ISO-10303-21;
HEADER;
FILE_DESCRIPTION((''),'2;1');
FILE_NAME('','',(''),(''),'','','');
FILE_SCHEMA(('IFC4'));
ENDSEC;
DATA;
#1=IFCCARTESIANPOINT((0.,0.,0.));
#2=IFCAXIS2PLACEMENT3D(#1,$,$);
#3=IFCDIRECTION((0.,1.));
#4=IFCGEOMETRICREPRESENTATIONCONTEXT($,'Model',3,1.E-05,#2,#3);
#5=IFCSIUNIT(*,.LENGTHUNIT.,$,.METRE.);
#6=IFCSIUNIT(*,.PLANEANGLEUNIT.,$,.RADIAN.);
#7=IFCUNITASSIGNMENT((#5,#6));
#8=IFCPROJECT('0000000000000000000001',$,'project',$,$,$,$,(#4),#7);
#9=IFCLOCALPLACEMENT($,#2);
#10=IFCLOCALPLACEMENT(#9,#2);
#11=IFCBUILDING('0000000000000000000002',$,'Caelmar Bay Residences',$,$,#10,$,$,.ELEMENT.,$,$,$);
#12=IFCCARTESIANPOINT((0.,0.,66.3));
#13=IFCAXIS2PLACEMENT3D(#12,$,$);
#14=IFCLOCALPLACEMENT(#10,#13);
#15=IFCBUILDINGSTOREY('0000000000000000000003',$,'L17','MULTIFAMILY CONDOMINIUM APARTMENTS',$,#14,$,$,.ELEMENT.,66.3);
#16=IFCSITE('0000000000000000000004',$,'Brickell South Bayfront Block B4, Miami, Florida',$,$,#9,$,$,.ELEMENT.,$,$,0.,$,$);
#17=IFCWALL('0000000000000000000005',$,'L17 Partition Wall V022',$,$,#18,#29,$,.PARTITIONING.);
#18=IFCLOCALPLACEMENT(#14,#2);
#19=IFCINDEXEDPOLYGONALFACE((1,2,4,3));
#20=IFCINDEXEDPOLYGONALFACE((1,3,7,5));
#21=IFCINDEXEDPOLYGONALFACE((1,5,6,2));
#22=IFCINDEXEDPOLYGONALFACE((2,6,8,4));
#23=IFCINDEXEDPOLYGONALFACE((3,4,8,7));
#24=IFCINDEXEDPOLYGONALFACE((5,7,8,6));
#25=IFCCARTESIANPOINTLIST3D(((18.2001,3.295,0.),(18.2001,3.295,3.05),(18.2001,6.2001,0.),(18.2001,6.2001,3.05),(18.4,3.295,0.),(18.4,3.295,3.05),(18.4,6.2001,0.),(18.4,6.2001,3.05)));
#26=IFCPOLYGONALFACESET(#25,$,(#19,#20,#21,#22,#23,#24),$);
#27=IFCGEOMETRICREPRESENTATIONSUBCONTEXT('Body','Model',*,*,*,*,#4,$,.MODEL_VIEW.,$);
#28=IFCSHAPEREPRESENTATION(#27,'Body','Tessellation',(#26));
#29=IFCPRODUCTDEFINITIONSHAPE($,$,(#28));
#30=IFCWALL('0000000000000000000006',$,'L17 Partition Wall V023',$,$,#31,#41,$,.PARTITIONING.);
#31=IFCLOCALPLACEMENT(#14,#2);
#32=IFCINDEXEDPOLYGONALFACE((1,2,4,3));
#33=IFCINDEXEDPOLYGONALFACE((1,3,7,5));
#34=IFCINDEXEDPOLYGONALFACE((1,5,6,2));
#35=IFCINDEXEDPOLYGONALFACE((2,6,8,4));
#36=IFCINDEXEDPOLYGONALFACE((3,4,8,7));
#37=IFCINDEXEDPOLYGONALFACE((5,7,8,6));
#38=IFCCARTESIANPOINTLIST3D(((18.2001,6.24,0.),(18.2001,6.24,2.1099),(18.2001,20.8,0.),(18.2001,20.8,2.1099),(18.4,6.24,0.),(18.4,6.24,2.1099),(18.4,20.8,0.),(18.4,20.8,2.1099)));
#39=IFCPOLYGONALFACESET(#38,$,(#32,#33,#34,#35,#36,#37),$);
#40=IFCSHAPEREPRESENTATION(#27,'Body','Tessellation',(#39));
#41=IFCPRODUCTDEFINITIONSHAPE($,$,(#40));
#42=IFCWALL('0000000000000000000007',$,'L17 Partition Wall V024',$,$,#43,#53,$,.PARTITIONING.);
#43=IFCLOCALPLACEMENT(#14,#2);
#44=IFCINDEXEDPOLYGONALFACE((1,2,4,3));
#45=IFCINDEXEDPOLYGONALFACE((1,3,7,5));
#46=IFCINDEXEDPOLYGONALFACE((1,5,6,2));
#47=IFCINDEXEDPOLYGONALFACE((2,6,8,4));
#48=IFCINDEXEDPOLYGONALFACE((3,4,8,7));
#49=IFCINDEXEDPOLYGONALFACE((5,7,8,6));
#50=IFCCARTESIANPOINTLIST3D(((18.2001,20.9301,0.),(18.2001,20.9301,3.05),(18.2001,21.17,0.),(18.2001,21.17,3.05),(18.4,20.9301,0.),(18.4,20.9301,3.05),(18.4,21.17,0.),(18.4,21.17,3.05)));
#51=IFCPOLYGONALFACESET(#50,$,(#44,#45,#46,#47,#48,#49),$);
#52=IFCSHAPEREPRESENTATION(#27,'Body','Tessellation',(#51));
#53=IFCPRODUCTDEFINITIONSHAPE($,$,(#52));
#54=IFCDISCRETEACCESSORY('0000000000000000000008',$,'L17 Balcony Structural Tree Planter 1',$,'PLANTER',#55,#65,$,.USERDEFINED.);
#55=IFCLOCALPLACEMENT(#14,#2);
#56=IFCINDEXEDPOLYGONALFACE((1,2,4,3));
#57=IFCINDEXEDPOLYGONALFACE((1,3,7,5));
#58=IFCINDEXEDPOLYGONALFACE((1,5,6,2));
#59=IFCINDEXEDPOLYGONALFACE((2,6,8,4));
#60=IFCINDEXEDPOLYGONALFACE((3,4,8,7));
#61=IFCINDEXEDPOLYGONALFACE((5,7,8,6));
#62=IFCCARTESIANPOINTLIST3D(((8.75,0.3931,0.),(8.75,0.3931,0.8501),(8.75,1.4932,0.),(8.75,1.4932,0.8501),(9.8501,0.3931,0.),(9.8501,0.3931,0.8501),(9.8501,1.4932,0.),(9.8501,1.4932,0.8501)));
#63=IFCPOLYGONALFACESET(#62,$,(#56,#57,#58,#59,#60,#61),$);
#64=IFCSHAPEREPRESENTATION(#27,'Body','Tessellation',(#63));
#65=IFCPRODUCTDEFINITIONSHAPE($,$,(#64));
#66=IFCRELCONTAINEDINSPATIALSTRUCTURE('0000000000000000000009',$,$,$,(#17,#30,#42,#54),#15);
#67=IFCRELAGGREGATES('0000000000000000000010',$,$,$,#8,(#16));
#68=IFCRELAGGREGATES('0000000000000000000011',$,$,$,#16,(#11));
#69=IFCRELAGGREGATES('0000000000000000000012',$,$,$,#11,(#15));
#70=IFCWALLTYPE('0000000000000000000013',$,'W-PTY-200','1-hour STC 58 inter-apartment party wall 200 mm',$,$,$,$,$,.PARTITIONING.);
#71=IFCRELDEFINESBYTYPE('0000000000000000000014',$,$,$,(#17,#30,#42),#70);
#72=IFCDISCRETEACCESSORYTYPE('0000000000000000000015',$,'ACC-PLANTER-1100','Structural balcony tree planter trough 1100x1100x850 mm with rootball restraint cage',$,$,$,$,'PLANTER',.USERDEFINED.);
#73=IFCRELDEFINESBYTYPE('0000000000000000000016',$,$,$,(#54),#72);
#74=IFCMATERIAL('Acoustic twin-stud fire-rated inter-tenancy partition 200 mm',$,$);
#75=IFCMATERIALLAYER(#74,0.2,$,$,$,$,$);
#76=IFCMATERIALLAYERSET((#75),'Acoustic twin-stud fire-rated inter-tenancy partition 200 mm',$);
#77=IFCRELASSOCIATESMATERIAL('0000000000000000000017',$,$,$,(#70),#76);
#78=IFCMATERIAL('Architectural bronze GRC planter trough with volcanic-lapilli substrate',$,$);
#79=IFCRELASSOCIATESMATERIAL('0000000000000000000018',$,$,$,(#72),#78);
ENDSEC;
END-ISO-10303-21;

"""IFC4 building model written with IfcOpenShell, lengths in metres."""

from ifc_helpers import new_model, si_unit, direction, frame, frame_2d, origin, origin_2d, place, context, subcontext, project, spatial, rectangle, extrude, material, layer, layer_set, type_object, element, save


model = new_model("IFC4")

# Units and contexts
model_context = context("Model", 3, precision=1e-05, world=origin(), true_north=direction((0.0, 1.0)))
body_context = subcontext(model_context, "Body", "Model", "MODEL_VIEW")
ifc_project = project(units=[si_unit("LENGTHUNIT", "METRE"), si_unit("PLANEANGLEUNIT", "RADIAN")], contexts=[model_context])

# Site, building, storey
site_placement = place(None, origin())
site = spatial("IfcSite", under=ifc_project, at=site_placement, Name="Brickell South Bayfront Block B4, Miami, Florida", CompositionType="ELEMENT", RefElevation=0.0)
building_placement = place(site_placement, origin())
building = spatial("IfcBuilding", under=site, at=building_placement, Name="Caelmar Bay Residences", CompositionType="ELEMENT")
storey_placement = place(building_placement, frame((0.0, 0.0, 66.3)))
storey = spatial("IfcBuildingStorey", under=building, at=storey_placement, Name="L17", Description="MULTIFAMILY CONDOMINIUM APARTMENTS", CompositionType="ELEMENT", Elevation=66.3)

# Walls
ifc_material_1 = material(Name="Acoustic twin-stud fire-rated inter-tenancy partition 200 mm")
ifc_layer_1 = layer(ifc_material_1, 0.2)
ifc_layer_set_1 = layer_set([ifc_layer_1], Name="Acoustic twin-stud fire-rated inter-tenancy partition 200 mm")
wall_type_1 = type_object("IfcWallType", Name="W-PTY-200", Description="1-hour STC 58 inter-apartment party wall 200 mm", PredefinedType="PARTITIONING", material=ifc_layer_set_1)
wall_1_placement = place(storey_placement, frame((18.3, 3.2949, 0.0), z_axis=(0.0, 0.0, 1.0), x_axis=(0.0, 1.0, 0.0)))
element("IfcWall", 1, at=wall_1_placement, inside=storey, type_object=wall_type_1, Name="L17 Partition Wall V022", PredefinedType="PARTITIONING", context=body_context, shape_type="SweptSolid", body=[
    extrude(rectangle(XDim=2.905, YDim=0.2, at=frame_2d((1.4526, 0.0))), origin(), (0.0, 0.0, 1.0), 3.05),
])
wall_2_placement = place(storey_placement, frame((18.3, 6.24, 0.0), z_axis=(0.0, 0.0, 1.0), x_axis=(0.0, 1.0, 0.0)))
element("IfcWall", 2, at=wall_2_placement, inside=storey, type_object=wall_type_1, Name="L17 Partition Wall V023", PredefinedType="PARTITIONING", context=body_context, shape_type="SweptSolid", body=[
    extrude(rectangle(XDim=14.5601, YDim=0.2, at=frame_2d((7.28, 0.0))), origin(), (0.0, 0.0, 1.0), 2.1099),
])
wall_3_placement = place(storey_placement, frame((18.3, 20.9299, 0.0), z_axis=(0.0, 0.0, 1.0), x_axis=(0.0, 1.0, 0.0)))
element("IfcWall", 3, at=wall_3_placement, inside=storey, type_object=wall_type_1, Name="L17 Partition Wall V024", PredefinedType="PARTITIONING", context=body_context, shape_type="SweptSolid", body=[
    extrude(rectangle(XDim=0.24, YDim=0.2, at=frame_2d((0.1201, 0.0))), origin(), (0.0, 0.0, 1.0), 3.05),
])

# Discrete accessory
ifc_material_2 = material(Name="Architectural bronze GRC planter trough with volcanic-lapilli substrate")
discrete_accessory_type = type_object("IfcDiscreteAccessoryType", Name="ACC-PLANTER-1100", Description="Structural balcony tree planter trough 1100x1100x850 mm with rootball restraint cage", ElementType="PLANTER", PredefinedType="USERDEFINED", material=ifc_material_2)
discrete_accessory_placement = place(storey_placement, frame((9.3, 0.9431, 0.0), z_axis=(0.0, 0.0, 1.0), x_axis=(1.0, 0.0, 0.0)))
element("IfcDiscreteAccessory", 4, at=discrete_accessory_placement, inside=storey, type_object=discrete_accessory_type, Name="L17 Balcony Structural Tree Planter 1", ObjectType="PLANTER", PredefinedType="USERDEFINED", context=body_context, shape_type="SweptSolid", body=[
    extrude(rectangle(XDim=1.1001, YDim=1.1001, at=origin_2d()), origin(), (0.0, 0.0, 1.0), 0.8501),
])

save(model, "model.ifc")
